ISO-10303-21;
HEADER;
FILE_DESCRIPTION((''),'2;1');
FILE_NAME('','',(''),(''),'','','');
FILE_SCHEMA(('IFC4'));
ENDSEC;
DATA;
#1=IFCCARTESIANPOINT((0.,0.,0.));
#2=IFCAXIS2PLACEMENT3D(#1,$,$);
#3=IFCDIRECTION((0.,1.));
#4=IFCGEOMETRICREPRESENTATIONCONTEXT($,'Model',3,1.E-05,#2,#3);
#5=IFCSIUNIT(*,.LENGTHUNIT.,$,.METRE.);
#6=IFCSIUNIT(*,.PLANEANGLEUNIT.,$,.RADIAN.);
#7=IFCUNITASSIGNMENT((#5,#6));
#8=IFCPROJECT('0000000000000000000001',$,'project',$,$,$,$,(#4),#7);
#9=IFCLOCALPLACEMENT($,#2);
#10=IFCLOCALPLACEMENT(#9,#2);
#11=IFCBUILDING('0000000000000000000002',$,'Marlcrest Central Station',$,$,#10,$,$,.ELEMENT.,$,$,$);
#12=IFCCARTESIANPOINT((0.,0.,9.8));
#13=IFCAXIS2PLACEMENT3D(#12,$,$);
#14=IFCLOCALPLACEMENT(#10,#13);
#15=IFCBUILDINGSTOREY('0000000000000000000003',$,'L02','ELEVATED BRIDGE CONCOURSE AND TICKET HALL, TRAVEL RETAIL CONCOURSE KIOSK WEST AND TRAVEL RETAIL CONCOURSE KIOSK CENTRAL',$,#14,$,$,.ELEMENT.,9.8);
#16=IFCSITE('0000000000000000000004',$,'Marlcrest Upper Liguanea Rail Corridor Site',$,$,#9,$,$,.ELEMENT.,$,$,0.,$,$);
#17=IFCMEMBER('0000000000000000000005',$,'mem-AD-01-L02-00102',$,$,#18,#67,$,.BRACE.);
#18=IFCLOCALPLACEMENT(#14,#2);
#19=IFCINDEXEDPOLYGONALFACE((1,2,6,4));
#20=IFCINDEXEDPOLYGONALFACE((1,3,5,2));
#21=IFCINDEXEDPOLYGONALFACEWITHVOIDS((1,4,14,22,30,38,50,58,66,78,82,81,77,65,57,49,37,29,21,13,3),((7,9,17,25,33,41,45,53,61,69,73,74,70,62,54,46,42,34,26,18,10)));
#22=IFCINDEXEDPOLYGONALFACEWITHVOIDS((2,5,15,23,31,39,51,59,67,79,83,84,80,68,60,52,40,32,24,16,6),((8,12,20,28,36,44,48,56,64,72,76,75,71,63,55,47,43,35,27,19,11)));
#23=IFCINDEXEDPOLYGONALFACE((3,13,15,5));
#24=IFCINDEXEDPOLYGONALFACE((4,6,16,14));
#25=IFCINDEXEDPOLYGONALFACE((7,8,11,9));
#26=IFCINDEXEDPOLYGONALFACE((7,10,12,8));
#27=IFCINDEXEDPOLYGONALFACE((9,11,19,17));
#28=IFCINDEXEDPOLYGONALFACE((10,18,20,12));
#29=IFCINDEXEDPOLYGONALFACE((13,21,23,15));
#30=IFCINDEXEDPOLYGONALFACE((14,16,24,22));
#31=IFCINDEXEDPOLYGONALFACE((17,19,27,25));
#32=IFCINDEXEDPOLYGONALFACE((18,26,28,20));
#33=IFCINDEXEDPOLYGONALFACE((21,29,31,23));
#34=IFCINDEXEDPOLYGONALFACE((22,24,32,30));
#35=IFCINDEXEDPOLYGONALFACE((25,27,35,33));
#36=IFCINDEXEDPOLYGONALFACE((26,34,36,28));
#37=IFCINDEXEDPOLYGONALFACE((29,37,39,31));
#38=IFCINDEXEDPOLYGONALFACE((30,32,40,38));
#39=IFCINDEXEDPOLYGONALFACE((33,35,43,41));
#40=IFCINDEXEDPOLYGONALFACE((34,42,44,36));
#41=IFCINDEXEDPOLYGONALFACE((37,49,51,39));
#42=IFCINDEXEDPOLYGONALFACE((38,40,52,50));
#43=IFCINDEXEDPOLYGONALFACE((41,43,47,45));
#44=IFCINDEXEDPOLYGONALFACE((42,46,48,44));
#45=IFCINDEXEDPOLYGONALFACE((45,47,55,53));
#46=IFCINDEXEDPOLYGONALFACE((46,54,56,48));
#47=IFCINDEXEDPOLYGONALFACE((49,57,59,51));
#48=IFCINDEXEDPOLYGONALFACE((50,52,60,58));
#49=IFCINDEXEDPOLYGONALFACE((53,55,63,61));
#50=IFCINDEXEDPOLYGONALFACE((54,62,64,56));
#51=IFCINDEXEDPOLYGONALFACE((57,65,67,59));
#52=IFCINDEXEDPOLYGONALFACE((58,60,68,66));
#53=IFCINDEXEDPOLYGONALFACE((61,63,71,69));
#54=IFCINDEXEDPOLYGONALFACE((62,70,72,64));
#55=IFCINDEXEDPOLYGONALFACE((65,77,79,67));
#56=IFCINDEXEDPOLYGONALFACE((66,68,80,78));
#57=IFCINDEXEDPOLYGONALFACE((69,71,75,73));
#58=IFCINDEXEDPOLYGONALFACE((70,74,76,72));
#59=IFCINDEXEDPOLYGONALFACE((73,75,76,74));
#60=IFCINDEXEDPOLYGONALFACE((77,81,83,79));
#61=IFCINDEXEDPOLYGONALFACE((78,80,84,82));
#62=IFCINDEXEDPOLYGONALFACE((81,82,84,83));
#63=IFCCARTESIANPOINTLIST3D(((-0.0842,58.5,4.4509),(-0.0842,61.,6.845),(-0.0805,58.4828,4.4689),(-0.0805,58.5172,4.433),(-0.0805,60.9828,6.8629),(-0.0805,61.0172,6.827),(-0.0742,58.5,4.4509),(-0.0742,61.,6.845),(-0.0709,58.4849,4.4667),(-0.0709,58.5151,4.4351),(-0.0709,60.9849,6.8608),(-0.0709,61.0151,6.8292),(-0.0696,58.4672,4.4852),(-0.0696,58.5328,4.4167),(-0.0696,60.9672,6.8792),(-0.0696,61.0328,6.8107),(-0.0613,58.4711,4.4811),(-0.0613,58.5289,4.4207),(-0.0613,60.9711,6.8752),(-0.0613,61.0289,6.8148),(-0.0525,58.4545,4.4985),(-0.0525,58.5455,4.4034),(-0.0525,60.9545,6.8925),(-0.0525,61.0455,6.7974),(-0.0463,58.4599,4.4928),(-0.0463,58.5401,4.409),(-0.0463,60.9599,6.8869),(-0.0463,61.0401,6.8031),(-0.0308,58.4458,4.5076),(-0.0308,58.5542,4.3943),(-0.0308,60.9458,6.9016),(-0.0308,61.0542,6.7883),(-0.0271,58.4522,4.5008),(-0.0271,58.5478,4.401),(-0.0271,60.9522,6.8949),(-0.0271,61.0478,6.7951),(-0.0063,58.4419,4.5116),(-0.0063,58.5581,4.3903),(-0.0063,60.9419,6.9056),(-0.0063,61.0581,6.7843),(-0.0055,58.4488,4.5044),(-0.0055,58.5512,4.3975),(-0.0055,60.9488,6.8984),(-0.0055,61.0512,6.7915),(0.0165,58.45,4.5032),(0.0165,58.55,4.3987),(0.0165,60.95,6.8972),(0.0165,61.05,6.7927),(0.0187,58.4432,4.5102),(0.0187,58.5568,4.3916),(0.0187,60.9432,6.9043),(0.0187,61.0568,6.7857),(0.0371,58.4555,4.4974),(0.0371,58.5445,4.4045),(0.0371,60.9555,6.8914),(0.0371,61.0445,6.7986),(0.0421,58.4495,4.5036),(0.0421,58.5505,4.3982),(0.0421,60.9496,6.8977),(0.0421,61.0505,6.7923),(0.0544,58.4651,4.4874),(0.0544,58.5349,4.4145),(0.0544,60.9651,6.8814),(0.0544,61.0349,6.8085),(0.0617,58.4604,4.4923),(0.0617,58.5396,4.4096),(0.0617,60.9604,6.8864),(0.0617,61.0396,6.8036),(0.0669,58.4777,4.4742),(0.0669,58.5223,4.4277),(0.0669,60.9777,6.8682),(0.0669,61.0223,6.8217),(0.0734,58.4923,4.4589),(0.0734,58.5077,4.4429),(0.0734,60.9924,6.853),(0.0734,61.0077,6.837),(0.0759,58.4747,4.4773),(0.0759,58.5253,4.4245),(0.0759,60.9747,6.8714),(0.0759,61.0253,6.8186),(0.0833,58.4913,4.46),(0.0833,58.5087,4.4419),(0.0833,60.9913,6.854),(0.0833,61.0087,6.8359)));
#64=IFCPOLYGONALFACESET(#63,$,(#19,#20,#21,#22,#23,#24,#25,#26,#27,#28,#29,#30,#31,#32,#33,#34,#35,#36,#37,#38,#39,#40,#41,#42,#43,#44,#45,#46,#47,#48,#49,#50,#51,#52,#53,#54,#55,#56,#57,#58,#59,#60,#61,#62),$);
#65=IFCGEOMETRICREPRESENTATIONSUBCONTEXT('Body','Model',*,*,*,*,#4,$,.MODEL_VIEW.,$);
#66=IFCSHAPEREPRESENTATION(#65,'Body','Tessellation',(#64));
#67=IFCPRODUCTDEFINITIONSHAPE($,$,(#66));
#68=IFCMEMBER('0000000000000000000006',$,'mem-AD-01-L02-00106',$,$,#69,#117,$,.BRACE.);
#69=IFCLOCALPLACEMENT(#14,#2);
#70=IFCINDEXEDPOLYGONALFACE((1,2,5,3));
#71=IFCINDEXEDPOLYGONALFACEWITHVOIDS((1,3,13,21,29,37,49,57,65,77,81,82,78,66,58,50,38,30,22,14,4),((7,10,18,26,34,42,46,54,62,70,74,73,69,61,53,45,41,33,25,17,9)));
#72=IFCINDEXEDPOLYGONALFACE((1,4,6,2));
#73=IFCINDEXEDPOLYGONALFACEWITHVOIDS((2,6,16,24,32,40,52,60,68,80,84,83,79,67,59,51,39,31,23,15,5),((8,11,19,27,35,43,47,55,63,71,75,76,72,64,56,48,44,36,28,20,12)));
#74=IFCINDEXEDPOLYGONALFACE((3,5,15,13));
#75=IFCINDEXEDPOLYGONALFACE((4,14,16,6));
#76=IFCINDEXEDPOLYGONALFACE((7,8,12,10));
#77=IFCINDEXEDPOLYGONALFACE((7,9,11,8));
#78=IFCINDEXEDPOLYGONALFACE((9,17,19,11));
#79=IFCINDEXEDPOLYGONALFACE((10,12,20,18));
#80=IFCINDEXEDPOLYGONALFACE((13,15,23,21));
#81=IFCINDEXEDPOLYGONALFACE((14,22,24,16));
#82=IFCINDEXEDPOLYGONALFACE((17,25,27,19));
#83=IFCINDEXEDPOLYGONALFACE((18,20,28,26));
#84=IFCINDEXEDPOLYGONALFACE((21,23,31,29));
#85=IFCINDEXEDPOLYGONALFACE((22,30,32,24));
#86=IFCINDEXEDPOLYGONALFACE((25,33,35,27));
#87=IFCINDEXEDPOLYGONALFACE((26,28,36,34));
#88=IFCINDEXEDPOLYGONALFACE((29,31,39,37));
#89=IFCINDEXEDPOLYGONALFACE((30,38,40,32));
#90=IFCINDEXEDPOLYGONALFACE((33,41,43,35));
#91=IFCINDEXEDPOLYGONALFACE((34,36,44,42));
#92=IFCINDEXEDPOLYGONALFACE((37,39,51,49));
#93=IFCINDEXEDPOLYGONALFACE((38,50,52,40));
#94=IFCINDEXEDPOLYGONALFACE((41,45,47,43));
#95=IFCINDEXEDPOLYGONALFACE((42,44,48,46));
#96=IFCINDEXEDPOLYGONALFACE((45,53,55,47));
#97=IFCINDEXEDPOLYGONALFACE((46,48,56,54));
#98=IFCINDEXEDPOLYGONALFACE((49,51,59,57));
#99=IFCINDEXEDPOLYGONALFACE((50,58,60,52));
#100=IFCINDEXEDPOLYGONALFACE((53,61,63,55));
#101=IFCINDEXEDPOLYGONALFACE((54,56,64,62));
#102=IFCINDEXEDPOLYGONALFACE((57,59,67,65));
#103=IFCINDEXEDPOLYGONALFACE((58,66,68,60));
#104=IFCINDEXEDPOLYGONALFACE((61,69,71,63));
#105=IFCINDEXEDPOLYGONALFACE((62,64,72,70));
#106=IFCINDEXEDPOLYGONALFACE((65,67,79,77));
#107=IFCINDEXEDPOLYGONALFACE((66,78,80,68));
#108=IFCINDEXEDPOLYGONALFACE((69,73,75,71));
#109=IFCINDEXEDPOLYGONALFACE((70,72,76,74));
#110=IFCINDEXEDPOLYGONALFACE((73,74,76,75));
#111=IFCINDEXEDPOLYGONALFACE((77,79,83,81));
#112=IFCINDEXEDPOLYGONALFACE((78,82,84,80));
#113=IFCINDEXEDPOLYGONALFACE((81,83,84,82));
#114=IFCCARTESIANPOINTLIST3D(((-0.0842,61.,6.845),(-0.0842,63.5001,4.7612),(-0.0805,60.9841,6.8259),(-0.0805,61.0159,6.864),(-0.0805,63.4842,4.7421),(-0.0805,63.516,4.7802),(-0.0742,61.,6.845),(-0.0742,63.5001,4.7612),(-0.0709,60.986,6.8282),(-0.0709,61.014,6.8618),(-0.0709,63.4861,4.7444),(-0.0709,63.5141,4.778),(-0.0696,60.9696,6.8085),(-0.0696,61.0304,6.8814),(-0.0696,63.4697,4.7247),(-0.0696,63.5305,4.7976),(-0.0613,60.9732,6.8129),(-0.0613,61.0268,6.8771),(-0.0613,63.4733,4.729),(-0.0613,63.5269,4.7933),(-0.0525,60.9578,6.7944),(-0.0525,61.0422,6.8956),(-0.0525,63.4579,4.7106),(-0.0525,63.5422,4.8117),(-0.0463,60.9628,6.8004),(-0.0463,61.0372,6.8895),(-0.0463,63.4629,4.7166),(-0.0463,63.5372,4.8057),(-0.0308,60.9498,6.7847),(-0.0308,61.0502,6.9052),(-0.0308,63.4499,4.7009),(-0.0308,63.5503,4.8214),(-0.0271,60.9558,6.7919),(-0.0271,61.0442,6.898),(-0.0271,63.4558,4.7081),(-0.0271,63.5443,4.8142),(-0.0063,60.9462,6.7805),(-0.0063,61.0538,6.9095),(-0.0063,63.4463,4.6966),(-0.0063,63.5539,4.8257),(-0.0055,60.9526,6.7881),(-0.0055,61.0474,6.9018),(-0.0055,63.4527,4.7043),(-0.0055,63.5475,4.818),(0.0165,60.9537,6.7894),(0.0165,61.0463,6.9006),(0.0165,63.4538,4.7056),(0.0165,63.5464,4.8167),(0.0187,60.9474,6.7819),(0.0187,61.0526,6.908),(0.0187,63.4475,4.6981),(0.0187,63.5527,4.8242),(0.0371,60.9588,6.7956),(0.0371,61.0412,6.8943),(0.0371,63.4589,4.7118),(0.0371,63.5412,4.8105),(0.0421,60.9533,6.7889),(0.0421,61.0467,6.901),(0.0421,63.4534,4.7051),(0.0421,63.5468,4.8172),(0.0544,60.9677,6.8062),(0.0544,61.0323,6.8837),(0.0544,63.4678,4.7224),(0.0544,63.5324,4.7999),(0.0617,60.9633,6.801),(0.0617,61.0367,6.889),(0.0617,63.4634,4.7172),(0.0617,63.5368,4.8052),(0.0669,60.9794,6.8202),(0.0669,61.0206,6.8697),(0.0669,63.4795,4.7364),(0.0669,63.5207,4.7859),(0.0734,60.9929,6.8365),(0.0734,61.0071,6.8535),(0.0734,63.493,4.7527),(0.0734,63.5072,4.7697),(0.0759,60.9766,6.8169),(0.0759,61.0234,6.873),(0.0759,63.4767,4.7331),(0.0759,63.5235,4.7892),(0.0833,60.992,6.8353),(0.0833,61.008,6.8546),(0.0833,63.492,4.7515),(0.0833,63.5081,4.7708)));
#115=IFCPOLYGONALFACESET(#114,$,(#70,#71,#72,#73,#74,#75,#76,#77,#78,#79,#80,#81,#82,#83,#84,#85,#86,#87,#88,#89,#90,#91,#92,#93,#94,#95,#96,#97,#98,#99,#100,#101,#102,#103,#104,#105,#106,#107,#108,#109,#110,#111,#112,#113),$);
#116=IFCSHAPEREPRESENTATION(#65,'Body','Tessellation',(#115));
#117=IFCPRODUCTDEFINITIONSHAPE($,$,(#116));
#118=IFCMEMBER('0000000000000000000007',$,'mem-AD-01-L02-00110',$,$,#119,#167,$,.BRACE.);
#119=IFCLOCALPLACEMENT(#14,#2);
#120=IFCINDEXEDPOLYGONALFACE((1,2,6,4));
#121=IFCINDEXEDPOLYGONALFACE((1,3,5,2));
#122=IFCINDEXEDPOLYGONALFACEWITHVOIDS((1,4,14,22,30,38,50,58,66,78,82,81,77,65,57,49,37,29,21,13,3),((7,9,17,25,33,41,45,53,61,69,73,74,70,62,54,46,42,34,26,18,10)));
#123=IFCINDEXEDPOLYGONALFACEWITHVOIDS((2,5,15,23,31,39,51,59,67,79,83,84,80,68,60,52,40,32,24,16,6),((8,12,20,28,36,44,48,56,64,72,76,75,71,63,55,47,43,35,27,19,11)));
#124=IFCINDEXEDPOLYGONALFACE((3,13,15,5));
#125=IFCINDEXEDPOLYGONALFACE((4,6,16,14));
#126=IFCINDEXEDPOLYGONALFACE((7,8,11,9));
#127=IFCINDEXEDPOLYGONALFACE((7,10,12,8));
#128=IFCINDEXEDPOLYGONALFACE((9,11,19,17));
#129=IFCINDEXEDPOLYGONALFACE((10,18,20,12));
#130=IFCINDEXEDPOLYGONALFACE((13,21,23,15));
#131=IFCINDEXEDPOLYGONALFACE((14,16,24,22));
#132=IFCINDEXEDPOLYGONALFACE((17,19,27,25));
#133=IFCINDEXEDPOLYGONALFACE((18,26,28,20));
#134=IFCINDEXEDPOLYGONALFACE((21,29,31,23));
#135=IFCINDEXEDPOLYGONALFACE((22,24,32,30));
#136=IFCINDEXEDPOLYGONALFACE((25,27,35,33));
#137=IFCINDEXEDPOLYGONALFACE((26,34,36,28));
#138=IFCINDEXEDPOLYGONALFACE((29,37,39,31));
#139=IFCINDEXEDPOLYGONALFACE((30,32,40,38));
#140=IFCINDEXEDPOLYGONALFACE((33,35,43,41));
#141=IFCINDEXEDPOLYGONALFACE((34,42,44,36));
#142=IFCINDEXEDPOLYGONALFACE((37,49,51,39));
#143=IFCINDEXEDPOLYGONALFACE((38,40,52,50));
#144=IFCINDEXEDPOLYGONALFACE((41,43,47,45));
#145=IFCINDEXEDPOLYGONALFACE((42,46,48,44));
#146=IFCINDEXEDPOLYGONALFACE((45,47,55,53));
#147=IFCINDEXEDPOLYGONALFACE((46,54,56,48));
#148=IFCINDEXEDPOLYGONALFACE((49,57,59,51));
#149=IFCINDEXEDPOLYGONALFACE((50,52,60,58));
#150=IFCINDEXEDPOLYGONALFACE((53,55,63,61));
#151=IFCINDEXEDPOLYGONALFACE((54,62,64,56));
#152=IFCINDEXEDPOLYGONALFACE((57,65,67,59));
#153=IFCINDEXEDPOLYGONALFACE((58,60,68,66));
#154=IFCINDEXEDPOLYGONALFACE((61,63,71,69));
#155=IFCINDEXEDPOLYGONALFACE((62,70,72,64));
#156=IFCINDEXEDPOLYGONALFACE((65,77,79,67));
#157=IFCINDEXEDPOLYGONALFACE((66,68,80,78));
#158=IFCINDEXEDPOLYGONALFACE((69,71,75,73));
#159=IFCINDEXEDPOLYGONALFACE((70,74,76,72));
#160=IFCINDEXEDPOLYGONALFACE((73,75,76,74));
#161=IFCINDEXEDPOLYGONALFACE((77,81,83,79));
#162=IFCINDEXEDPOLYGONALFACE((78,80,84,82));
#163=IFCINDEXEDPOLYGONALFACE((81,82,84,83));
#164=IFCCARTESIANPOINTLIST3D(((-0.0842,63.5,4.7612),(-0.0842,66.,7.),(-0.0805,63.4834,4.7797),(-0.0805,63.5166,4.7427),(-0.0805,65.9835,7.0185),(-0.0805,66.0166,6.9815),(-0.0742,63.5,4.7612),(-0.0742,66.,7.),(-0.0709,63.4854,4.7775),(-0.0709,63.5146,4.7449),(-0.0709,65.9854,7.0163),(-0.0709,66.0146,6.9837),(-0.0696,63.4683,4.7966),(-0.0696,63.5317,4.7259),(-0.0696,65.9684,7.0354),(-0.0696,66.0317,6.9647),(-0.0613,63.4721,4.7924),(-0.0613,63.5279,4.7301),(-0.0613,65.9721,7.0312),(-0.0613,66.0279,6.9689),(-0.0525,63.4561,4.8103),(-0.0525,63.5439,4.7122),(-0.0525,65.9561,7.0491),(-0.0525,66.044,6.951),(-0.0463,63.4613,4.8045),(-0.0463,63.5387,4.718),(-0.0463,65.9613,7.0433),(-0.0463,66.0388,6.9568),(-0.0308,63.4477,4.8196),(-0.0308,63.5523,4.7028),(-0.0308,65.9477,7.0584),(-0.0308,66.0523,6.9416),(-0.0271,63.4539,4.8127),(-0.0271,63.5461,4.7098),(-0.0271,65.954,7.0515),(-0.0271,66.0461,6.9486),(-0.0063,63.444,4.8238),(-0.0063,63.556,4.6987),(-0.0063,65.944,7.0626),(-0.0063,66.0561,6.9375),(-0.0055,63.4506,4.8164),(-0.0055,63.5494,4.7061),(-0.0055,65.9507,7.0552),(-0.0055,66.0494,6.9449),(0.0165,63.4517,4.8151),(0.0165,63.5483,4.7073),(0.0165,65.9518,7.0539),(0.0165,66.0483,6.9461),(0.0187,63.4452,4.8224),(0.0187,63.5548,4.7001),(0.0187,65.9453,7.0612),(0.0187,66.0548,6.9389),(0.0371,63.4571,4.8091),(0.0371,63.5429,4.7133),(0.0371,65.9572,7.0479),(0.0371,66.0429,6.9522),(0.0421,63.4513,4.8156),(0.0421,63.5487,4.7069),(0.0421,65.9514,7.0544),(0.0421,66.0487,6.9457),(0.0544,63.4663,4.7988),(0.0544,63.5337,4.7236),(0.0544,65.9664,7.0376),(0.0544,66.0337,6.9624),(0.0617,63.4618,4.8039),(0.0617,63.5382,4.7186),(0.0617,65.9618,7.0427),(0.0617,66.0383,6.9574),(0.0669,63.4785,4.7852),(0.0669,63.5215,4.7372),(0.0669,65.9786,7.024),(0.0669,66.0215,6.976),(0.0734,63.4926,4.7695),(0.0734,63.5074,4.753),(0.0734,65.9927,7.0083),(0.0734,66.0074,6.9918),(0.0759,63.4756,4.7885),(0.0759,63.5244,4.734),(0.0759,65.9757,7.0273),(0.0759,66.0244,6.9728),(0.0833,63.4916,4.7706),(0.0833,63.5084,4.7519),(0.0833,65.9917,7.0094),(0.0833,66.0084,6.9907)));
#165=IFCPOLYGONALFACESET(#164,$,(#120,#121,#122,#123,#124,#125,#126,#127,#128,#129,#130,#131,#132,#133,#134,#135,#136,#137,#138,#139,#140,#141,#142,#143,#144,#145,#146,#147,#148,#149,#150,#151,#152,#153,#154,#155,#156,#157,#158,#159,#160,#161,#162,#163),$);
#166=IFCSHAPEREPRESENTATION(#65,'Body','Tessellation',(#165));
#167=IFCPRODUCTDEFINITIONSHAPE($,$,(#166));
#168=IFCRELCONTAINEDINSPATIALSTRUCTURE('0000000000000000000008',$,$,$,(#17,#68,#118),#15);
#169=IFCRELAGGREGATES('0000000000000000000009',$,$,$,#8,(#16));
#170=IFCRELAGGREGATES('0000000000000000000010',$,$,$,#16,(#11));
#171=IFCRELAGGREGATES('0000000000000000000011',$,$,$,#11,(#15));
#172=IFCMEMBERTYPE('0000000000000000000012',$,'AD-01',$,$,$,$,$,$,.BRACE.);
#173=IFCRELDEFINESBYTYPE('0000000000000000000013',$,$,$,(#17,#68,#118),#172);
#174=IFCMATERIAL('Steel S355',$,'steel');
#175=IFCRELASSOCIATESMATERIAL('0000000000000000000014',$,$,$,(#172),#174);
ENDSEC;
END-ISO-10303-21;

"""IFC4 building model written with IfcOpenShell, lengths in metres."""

from ifc_helpers import new_model, si_unit, direction, frame, origin, origin_2d, place, context, subcontext, project, spatial, hollow_circle, extrude, material, material_profile, profile_set, type_object, element, save


model = new_model("IFC4")

# Units and contexts
model_context = context("Model", 3, precision=1e-05, world=origin(), true_north=direction((0.0, 1.0)))
body_context = subcontext(model_context, "Body", "Model", "MODEL_VIEW")
ifc_project = project(units=[si_unit("LENGTHUNIT", "METRE"), si_unit("PLANEANGLEUNIT", "RADIAN")], contexts=[model_context])

# Site, building, storey
site_placement = place(None, origin())
site = spatial("IfcSite", under=ifc_project, at=site_placement, Name="Marlcrest Upper Liguanea Rail Corridor Site", CompositionType="ELEMENT", RefElevation=0.0)
building_placement = place(site_placement, origin())
building = spatial("IfcBuilding", under=site, at=building_placement, Name="Marlcrest Central Station", CompositionType="ELEMENT")
storey_placement = place(building_placement, frame((0.0, 0.0, 9.8)))
storey = spatial("IfcBuildingStorey", under=building, at=storey_placement, Name="L02", Description="ELEVATED BRIDGE CONCOURSE AND TICKET HALL, TRAVEL RETAIL CONCOURSE KIOSK WEST AND TRAVEL RETAIL CONCOURSE KIOSK CENTRAL", CompositionType="ELEMENT", Elevation=9.8)

# Members
ifc_material = material(Name="Steel S355", Category="steel")
ifc_material_profile_1 = material_profile(ifc_material, hollow_circle(Radius=0.0842, WallThickness=0.01, at=origin_2d()), Name="CHS 168.3x10")
ifc_profile_set_1 = profile_set([ifc_material_profile_1], Name="Steel S355")
member_type_1 = type_object("IfcMemberType", Name="AD-01", PredefinedType="BRACE", material=ifc_profile_set_1)
member_1_placement = place(storey_placement, frame((0.0, 58.5, 4.4509), z_axis=(0.0, 0.722247, 0.691636), x_axis=(-1.0, 0.0, 0.0)))
element("IfcMember", 1, at=member_1_placement, inside=storey, type_object=member_type_1, Name="mem-AD-01-L02-00102", PredefinedType="BRACE", context=body_context, shape_type="SweptSolid", body=[
    extrude(hollow_circle(Radius=0.0842, WallThickness=0.01, at=origin_2d()), origin(), (0.0, 0.0, 1.0), 3.4614),
])
member_2_placement = place(storey_placement, frame((0.0, 61.0, 6.845), z_axis=(0.0, 0.76816, -0.640258), x_axis=(-1.0, 0.0, 0.0)))
element("IfcMember", 2, at=member_2_placement, inside=storey, type_object=member_type_1, Name="mem-AD-01-L02-00106", PredefinedType="BRACE", context=body_context, shape_type="SweptSolid", body=[
    extrude(hollow_circle(Radius=0.0842, WallThickness=0.01, at=origin_2d()), origin(), (0.0, 0.0, 1.0), 3.2546),
])
member_3_placement = place(storey_placement, frame((0.0, 63.5, 4.7612), z_axis=(0.0, 0.744956, 0.667114), x_axis=(-1.0, 0.0, 0.0)))
element("IfcMember", 3, at=member_3_placement, inside=storey, type_object=member_type_1, Name="mem-AD-01-L02-00110", PredefinedType="BRACE", context=body_context, shape_type="SweptSolid", body=[
    extrude(hollow_circle(Radius=0.0842, WallThickness=0.01, at=origin_2d()), origin(), (0.0, 0.0, 1.0), 3.356),
])

save(model, "model.ifc")
